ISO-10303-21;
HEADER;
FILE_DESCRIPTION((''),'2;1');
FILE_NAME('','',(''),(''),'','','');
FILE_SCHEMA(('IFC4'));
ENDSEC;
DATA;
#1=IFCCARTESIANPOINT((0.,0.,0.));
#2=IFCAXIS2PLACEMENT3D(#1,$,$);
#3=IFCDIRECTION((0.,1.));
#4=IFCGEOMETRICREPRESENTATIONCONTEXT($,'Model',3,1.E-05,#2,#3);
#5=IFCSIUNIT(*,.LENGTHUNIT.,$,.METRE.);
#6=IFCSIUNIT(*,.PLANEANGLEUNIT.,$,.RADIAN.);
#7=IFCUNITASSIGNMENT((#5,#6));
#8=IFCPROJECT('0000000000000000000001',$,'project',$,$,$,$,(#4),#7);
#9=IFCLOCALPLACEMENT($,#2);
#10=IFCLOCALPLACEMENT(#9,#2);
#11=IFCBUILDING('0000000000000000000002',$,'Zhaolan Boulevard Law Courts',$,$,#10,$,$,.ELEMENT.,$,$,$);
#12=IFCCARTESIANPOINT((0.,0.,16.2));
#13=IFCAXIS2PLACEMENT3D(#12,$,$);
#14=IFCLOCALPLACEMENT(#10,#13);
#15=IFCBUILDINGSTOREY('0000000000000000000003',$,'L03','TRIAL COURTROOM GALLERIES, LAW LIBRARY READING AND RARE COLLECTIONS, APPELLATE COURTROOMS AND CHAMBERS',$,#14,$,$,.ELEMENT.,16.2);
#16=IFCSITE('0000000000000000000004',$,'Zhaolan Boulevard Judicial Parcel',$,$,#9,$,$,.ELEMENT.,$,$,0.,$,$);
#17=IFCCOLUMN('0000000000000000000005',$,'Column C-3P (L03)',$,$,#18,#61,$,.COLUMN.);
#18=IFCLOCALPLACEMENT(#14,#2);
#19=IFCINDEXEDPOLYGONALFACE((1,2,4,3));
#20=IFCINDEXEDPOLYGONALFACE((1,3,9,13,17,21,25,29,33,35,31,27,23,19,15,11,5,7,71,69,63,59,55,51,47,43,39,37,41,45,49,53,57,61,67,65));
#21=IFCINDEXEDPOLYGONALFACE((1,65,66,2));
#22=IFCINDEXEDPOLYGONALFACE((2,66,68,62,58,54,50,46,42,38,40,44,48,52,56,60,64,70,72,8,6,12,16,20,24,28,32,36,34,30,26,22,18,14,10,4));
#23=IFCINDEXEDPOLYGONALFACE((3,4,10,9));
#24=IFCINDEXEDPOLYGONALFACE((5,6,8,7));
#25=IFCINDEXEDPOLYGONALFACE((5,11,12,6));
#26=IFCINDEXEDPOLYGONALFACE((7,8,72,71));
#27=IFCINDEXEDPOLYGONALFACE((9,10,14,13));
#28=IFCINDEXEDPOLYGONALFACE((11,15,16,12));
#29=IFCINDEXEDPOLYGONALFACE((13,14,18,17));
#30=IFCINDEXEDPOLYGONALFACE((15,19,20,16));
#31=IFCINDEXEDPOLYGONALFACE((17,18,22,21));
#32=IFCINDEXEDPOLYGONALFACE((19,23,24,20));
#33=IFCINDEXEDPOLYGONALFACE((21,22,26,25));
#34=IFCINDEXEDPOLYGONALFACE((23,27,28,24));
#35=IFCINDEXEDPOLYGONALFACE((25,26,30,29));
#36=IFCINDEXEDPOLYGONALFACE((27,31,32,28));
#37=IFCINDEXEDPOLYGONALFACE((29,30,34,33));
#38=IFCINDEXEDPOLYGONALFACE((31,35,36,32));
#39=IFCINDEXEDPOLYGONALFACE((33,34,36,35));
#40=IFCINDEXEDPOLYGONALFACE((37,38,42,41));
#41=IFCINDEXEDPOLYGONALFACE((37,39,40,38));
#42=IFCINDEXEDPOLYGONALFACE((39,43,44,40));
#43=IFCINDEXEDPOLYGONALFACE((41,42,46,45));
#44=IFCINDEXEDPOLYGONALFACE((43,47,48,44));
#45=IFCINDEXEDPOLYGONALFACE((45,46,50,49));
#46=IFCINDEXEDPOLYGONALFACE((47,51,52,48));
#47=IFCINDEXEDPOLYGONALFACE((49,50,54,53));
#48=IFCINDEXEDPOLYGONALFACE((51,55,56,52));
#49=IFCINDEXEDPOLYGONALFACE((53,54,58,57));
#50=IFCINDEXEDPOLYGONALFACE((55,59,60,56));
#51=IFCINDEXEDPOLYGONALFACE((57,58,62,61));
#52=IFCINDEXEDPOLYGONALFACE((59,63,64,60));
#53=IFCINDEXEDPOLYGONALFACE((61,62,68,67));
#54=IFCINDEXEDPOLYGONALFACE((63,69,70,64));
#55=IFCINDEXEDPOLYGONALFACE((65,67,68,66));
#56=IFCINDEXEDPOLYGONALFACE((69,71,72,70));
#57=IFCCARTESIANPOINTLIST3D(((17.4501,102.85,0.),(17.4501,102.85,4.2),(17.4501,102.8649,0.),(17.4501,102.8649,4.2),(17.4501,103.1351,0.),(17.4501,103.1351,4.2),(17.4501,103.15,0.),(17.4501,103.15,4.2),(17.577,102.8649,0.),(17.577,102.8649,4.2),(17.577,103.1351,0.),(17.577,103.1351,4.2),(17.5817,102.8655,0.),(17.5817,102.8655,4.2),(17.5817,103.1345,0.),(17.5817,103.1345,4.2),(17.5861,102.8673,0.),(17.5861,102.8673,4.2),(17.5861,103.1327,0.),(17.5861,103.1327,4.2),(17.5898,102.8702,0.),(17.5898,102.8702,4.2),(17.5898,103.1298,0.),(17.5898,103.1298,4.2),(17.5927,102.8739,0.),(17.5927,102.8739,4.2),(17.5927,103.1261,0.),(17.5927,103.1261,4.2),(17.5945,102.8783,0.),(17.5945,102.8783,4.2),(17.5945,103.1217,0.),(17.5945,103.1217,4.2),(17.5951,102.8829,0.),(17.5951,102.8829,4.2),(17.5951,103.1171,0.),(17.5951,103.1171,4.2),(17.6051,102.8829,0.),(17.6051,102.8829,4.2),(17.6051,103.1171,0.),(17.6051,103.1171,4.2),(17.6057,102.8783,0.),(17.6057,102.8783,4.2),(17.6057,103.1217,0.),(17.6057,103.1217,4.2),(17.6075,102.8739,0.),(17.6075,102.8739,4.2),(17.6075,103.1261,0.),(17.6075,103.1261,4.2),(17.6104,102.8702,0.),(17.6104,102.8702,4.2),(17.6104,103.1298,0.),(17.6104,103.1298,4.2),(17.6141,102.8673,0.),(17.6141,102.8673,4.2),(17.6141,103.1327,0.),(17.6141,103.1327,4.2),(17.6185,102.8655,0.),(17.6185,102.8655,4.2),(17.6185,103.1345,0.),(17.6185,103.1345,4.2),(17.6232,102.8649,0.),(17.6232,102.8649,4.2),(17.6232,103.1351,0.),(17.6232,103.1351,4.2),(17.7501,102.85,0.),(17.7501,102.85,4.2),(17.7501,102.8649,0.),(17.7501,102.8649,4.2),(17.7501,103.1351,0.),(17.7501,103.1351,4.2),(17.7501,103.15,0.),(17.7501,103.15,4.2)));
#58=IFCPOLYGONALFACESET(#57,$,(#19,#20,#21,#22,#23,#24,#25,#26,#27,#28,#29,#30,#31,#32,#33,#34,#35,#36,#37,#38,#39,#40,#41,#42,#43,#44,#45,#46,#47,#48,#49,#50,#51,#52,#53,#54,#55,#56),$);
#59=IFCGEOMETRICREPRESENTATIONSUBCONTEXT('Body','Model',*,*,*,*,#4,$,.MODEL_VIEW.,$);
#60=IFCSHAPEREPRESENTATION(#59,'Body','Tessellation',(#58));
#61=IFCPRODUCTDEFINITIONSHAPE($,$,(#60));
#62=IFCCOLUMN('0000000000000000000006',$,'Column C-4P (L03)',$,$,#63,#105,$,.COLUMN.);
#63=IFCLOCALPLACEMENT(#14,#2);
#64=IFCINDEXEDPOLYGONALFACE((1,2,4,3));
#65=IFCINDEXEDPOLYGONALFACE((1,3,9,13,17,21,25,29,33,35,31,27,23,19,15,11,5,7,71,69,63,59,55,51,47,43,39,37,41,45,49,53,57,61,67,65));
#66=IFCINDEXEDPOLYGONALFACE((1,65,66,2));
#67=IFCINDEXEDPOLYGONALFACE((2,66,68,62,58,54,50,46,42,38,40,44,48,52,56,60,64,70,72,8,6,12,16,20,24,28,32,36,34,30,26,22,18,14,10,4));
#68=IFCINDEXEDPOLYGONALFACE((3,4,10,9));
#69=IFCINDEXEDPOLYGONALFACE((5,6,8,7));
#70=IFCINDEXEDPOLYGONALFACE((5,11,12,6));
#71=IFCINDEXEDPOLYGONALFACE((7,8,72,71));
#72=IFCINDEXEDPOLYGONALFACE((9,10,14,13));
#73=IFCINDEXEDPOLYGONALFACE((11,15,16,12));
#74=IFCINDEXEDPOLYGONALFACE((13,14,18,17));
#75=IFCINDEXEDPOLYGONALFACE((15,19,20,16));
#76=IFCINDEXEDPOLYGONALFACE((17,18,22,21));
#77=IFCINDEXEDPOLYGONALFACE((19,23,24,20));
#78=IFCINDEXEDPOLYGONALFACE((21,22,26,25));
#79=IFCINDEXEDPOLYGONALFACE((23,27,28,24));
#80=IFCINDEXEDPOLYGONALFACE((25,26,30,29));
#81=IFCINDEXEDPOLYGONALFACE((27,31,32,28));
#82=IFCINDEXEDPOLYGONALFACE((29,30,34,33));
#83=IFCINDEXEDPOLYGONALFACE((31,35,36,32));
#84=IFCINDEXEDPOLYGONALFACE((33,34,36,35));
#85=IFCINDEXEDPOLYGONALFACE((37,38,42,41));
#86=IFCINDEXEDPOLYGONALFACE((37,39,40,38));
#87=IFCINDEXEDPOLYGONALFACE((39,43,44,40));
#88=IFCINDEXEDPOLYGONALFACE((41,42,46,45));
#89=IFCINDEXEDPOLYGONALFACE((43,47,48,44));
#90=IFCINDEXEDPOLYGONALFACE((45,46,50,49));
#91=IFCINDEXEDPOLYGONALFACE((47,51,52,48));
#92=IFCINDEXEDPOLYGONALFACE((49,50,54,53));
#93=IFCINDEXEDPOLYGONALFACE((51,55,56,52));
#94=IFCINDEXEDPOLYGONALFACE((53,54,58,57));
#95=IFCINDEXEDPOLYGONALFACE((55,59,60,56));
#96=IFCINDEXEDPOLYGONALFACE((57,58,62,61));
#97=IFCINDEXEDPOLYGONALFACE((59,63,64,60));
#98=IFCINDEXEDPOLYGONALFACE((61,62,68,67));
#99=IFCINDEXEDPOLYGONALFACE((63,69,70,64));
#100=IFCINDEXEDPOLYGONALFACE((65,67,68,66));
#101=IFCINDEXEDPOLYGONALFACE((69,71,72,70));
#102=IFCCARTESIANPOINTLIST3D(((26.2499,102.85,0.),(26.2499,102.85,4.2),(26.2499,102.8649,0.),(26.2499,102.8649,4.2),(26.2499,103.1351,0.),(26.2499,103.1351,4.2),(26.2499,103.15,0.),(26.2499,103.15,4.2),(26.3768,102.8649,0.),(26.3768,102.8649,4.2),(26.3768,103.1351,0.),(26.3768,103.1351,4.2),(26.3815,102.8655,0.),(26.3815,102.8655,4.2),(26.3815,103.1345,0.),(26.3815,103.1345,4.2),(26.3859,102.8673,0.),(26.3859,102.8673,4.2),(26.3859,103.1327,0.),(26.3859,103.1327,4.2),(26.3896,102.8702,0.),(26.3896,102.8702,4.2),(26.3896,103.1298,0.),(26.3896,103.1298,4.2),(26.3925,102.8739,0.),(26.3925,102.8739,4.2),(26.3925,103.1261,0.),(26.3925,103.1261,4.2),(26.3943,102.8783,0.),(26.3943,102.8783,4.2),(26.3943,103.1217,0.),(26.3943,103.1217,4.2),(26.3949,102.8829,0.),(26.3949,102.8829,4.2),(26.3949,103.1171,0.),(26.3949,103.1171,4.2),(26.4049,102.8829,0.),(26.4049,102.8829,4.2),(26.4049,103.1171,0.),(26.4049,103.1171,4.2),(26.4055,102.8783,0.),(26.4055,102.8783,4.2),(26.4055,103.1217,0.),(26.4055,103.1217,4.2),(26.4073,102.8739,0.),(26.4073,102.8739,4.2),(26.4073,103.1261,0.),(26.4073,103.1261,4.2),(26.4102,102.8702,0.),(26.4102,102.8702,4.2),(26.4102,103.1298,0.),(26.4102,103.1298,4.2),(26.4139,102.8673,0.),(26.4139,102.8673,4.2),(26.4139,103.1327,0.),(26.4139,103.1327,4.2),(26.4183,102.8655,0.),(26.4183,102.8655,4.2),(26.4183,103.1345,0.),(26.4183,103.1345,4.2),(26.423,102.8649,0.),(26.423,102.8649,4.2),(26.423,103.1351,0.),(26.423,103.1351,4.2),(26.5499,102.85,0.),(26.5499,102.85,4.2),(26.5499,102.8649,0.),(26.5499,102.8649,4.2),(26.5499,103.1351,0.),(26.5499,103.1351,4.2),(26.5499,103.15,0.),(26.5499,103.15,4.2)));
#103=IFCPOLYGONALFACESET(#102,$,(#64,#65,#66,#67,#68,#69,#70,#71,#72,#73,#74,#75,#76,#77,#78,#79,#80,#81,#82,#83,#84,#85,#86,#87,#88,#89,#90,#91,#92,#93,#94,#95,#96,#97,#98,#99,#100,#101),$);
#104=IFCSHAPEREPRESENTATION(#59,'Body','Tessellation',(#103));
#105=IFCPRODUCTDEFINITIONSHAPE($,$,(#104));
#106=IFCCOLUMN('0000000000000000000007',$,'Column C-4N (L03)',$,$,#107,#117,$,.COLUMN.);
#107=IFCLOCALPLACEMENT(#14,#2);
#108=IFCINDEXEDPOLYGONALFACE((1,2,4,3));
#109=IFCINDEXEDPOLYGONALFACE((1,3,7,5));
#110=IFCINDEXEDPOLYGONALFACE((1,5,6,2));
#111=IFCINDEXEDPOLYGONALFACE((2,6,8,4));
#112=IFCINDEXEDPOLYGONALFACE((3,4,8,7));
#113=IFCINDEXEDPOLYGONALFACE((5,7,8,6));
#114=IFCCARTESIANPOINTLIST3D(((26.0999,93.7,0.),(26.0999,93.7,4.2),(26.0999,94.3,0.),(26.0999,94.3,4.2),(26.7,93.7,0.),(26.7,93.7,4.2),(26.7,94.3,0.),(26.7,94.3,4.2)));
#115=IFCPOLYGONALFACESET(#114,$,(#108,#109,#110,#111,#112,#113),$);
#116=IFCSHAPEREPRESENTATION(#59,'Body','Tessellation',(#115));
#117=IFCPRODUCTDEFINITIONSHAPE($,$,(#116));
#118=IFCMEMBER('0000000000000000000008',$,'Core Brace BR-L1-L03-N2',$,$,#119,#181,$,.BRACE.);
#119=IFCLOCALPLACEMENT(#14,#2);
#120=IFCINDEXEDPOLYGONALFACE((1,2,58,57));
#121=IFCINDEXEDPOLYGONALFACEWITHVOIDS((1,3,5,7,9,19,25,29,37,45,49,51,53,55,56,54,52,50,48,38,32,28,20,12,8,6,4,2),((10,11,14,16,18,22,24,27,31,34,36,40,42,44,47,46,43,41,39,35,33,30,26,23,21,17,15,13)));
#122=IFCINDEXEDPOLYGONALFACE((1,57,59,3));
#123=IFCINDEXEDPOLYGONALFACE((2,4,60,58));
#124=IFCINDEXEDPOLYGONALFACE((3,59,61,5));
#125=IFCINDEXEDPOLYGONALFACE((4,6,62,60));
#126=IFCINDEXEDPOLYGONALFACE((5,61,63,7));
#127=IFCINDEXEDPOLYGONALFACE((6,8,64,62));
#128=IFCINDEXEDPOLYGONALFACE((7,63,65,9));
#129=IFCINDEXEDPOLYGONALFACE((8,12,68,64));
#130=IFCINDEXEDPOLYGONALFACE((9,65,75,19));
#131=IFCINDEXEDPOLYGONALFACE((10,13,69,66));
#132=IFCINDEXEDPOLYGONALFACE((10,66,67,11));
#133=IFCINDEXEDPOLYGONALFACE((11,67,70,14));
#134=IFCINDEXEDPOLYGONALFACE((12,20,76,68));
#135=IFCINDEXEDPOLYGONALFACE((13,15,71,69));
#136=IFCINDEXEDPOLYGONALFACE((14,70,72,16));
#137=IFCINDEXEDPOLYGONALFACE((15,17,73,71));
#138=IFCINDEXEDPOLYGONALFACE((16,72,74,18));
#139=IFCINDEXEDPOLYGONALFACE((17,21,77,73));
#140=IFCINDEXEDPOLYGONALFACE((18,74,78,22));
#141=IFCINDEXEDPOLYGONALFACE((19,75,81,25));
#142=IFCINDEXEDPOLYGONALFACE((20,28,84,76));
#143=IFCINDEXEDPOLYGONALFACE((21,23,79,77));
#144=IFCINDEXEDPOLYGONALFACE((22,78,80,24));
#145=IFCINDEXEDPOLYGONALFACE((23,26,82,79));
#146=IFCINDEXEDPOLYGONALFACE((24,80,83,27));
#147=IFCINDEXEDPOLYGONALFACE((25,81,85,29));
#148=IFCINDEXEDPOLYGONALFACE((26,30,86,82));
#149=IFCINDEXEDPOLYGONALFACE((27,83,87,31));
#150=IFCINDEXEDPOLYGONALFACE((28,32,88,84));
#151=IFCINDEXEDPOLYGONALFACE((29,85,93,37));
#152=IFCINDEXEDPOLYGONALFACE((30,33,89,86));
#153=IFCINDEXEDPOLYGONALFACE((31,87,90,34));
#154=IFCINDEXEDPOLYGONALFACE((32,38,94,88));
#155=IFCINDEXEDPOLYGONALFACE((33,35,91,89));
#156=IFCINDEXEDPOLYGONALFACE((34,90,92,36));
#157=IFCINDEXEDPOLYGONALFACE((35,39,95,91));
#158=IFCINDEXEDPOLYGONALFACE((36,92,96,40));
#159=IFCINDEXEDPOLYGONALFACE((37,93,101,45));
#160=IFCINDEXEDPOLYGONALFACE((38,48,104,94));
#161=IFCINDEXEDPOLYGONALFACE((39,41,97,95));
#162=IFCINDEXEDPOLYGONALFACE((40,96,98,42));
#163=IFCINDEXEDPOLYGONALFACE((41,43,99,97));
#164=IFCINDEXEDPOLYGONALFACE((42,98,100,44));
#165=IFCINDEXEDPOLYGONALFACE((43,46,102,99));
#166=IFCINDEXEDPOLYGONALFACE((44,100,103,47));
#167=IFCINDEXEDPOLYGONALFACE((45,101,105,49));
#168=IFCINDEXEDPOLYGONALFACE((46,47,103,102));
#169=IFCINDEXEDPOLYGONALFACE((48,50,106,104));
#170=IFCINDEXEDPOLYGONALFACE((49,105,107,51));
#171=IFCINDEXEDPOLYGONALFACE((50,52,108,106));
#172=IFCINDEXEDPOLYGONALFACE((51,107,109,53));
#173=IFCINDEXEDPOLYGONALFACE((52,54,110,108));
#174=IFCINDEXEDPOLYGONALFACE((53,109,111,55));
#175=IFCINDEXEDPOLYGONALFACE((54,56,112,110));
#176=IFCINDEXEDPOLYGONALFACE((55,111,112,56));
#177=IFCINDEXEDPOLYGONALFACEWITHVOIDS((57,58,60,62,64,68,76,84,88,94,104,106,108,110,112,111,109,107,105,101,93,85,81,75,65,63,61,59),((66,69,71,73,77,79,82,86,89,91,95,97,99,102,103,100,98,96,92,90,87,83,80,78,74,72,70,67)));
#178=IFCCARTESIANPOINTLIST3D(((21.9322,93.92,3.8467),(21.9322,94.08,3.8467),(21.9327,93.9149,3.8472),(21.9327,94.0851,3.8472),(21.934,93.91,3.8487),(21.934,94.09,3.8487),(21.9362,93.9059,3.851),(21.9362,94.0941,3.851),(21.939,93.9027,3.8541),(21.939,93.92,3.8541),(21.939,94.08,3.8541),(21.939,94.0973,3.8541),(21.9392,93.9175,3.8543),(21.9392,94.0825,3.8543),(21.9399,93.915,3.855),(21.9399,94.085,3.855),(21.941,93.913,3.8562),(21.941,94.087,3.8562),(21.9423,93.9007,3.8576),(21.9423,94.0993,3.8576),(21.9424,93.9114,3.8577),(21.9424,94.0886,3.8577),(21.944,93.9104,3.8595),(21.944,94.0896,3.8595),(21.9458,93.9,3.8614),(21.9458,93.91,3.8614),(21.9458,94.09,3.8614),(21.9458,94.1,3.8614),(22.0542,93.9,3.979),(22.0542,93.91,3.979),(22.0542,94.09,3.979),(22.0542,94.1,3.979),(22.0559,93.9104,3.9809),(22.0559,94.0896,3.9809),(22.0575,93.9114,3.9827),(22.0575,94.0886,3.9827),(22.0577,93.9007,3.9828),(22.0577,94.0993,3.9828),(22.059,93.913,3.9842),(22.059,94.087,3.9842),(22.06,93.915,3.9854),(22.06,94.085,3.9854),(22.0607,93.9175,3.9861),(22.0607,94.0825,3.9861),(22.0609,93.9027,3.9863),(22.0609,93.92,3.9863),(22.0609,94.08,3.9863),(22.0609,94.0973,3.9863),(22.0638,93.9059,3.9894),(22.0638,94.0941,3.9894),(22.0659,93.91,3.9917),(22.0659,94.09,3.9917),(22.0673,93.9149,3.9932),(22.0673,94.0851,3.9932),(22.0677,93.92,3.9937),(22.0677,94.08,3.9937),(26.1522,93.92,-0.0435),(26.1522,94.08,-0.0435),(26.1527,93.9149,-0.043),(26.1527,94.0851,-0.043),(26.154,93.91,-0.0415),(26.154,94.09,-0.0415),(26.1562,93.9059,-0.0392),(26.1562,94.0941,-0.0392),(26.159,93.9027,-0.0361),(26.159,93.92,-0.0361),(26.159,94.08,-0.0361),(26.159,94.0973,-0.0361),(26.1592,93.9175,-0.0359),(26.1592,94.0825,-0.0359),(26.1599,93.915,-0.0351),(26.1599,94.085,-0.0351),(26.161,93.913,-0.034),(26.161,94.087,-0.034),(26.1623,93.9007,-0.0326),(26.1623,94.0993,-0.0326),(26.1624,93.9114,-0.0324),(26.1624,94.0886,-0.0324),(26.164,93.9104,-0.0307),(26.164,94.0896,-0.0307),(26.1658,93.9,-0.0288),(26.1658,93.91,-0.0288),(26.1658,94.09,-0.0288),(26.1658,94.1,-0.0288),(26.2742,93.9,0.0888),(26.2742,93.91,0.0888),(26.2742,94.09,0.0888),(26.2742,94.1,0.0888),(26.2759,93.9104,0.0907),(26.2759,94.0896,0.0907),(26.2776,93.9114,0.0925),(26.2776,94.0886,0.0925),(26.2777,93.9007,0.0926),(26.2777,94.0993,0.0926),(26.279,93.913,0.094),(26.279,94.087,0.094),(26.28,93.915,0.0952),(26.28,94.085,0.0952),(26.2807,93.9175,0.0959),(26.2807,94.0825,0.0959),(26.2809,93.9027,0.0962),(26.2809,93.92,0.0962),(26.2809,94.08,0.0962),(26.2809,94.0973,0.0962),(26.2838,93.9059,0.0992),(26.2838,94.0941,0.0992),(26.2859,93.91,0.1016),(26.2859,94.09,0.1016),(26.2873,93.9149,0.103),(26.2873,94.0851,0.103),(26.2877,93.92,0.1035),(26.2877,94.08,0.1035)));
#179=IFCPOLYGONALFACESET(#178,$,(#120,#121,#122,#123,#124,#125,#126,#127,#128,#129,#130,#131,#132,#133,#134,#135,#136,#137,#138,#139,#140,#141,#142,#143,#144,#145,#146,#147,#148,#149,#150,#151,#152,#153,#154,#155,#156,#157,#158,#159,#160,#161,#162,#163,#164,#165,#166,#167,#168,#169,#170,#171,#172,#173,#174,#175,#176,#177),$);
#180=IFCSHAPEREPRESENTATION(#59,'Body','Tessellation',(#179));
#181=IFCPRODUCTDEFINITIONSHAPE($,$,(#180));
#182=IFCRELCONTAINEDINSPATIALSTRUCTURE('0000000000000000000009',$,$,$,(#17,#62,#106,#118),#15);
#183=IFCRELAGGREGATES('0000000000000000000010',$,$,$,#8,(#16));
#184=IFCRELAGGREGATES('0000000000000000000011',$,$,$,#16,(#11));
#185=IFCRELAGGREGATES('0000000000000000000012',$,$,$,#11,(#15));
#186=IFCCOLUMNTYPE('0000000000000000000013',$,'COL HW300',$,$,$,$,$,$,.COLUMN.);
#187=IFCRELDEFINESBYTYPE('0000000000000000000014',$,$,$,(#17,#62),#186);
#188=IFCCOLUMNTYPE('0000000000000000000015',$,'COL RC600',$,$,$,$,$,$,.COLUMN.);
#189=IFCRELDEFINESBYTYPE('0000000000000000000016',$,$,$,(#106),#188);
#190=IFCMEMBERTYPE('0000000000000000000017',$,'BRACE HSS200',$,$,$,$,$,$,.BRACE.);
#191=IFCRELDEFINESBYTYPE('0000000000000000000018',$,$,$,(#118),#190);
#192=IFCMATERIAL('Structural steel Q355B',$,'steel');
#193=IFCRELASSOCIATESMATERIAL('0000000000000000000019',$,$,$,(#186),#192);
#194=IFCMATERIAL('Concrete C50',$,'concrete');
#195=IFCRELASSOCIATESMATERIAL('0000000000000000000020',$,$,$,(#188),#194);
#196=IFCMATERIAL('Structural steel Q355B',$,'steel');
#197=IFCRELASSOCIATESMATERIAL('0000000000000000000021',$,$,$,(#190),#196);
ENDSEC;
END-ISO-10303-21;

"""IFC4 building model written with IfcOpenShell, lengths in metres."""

from ifc_helpers import new_model, si_unit, direction, frame, origin, origin_2d, place, context, subcontext, project, spatial, rectangle, hollow_rectangle, i_section, extrude, material, material_profile, profile_set, type_object, element, save


model = new_model("IFC4")

# Units and contexts
model_context = context("Model", 3, precision=1e-05, world=origin(), true_north=direction((0.0, 1.0)))
body_context = subcontext(model_context, "Body", "Model", "MODEL_VIEW")
ifc_project = project(units=[si_unit("LENGTHUNIT", "METRE"), si_unit("PLANEANGLEUNIT", "RADIAN")], contexts=[model_context])

# Site, building, storey
site_placement = place(None, origin())
site = spatial("IfcSite", under=ifc_project, at=site_placement, Name="Zhaolan Boulevard Judicial Parcel", CompositionType="ELEMENT", RefElevation=0.0)
building_placement = place(site_placement, origin())
building = spatial("IfcBuilding", under=site, at=building_placement, Name="Zhaolan Boulevard Law Courts", CompositionType="ELEMENT")
storey_placement = place(building_placement, frame((0.0, 0.0, 16.2)))
storey = spatial("IfcBuildingStorey", under=building, at=storey_placement, Name="L03", Description="TRIAL COURTROOM GALLERIES, LAW LIBRARY READING AND RARE COLLECTIONS, APPELLATE COURTROOMS AND CHAMBERS", CompositionType="ELEMENT", Elevation=16.2)

# Columns
ifc_material_1 = material(Name="Structural steel Q355B", Category="steel")
ifc_material_profile_1 = material_profile(ifc_material_1, i_section(OverallWidth=0.3, OverallDepth=0.3, WebThickness=0.01, FlangeThickness=0.0149, FilletRadius=0.0181, at=origin_2d()), Name="HW300x300")
ifc_profile_set_1 = profile_set([ifc_material_profile_1], Name="Structural steel Q355B")
column_type_1 = type_object("IfcColumnType", Name="COL HW300", PredefinedType="COLUMN", material=ifc_profile_set_1)
for number, where, z_axis, x_axis, name in (
    (1, (17.6001, 103.0, 0.0), (0.0, 0.0, 1.0), (1.0, 0.0, 0.0), "Column C-3P (L03)"),
    (2, (26.3999, 103.0, 0.0), (0.0, 0.0, 1.0), (1.0, 0.0, 0.0), "Column C-4P (L03)"),
):
    element("IfcColumn", number, at=place(storey_placement, frame(where, z_axis=z_axis, x_axis=x_axis)), inside=storey, type_object=column_type_1, Name=name, PredefinedType="COLUMN", context=body_context, shape_type="SweptSolid", body=[
        extrude(i_section(OverallWidth=0.3, OverallDepth=0.3, WebThickness=0.01, FlangeThickness=0.0149, FilletRadius=0.0181, at=origin_2d()), origin(), (0.0, 0.0, 1.0), 4.2),
    ])
ifc_material_2 = material(Name="Concrete C50", Category="concrete")
ifc_material_profile_2 = material_profile(ifc_material_2, rectangle(XDim=0.6001, YDim=0.6001, at=origin_2d()), Name="RC600x600")
ifc_profile_set_2 = profile_set([ifc_material_profile_2], Name="Concrete C50")
column_type_2 = type_object("IfcColumnType", Name="COL RC600", PredefinedType="COLUMN", material=ifc_profile_set_2)
column_placement = place(storey_placement, frame((26.3999, 94.0, 0.0), z_axis=(0.0, 0.0, 1.0), x_axis=(1.0, 0.0, 0.0)))
element("IfcColumn", 3, at=column_placement, inside=storey, type_object=column_type_2, Name="Column C-4N (L03)", PredefinedType="COLUMN", context=body_context, shape_type="SweptSolid", body=[
    extrude(rectangle(XDim=0.6001, YDim=0.6001, at=origin_2d()), origin(), (0.0, 0.0, 1.0), 4.2),
])

# Member
ifc_material_3 = material(Name="Structural steel Q355B", Category="steel")
ifc_material_profile_3 = material_profile(ifc_material_3, hollow_rectangle(XDim=0.2, YDim=0.2, WallThickness=0.01, InnerFilletRadius=0.01, OuterFilletRadius=0.02, at=origin_2d()), Name="HSS200x200x10")
ifc_profile_set_3 = profile_set([ifc_material_profile_3], Name="Structural steel Q355B")
member_type = type_object("IfcMemberType", Name="BRACE HSS200", PredefinedType="BRACE", material=ifc_profile_set_3)
member_placement = place(storey_placement, frame((26.22, 94.0, 0.03), z_axis=(-0.735257, 0.0, 0.677789), x_axis=(0.0, -1.0, 0.0)))
element("IfcMember", 4, at=member_placement, inside=storey, type_object=member_type, Name="Core Brace BR-L1-L03-N2", PredefinedType="BRACE", context=body_context, shape_type="SweptSolid", body=[
    extrude(hollow_rectangle(XDim=0.2, YDim=0.2, WallThickness=0.01, InnerFilletRadius=0.01, OuterFilletRadius=0.02, at=origin_2d()), origin(), (0.0, 0.0, 1.0), 5.7395),
])

save(model, "model.ifc")
